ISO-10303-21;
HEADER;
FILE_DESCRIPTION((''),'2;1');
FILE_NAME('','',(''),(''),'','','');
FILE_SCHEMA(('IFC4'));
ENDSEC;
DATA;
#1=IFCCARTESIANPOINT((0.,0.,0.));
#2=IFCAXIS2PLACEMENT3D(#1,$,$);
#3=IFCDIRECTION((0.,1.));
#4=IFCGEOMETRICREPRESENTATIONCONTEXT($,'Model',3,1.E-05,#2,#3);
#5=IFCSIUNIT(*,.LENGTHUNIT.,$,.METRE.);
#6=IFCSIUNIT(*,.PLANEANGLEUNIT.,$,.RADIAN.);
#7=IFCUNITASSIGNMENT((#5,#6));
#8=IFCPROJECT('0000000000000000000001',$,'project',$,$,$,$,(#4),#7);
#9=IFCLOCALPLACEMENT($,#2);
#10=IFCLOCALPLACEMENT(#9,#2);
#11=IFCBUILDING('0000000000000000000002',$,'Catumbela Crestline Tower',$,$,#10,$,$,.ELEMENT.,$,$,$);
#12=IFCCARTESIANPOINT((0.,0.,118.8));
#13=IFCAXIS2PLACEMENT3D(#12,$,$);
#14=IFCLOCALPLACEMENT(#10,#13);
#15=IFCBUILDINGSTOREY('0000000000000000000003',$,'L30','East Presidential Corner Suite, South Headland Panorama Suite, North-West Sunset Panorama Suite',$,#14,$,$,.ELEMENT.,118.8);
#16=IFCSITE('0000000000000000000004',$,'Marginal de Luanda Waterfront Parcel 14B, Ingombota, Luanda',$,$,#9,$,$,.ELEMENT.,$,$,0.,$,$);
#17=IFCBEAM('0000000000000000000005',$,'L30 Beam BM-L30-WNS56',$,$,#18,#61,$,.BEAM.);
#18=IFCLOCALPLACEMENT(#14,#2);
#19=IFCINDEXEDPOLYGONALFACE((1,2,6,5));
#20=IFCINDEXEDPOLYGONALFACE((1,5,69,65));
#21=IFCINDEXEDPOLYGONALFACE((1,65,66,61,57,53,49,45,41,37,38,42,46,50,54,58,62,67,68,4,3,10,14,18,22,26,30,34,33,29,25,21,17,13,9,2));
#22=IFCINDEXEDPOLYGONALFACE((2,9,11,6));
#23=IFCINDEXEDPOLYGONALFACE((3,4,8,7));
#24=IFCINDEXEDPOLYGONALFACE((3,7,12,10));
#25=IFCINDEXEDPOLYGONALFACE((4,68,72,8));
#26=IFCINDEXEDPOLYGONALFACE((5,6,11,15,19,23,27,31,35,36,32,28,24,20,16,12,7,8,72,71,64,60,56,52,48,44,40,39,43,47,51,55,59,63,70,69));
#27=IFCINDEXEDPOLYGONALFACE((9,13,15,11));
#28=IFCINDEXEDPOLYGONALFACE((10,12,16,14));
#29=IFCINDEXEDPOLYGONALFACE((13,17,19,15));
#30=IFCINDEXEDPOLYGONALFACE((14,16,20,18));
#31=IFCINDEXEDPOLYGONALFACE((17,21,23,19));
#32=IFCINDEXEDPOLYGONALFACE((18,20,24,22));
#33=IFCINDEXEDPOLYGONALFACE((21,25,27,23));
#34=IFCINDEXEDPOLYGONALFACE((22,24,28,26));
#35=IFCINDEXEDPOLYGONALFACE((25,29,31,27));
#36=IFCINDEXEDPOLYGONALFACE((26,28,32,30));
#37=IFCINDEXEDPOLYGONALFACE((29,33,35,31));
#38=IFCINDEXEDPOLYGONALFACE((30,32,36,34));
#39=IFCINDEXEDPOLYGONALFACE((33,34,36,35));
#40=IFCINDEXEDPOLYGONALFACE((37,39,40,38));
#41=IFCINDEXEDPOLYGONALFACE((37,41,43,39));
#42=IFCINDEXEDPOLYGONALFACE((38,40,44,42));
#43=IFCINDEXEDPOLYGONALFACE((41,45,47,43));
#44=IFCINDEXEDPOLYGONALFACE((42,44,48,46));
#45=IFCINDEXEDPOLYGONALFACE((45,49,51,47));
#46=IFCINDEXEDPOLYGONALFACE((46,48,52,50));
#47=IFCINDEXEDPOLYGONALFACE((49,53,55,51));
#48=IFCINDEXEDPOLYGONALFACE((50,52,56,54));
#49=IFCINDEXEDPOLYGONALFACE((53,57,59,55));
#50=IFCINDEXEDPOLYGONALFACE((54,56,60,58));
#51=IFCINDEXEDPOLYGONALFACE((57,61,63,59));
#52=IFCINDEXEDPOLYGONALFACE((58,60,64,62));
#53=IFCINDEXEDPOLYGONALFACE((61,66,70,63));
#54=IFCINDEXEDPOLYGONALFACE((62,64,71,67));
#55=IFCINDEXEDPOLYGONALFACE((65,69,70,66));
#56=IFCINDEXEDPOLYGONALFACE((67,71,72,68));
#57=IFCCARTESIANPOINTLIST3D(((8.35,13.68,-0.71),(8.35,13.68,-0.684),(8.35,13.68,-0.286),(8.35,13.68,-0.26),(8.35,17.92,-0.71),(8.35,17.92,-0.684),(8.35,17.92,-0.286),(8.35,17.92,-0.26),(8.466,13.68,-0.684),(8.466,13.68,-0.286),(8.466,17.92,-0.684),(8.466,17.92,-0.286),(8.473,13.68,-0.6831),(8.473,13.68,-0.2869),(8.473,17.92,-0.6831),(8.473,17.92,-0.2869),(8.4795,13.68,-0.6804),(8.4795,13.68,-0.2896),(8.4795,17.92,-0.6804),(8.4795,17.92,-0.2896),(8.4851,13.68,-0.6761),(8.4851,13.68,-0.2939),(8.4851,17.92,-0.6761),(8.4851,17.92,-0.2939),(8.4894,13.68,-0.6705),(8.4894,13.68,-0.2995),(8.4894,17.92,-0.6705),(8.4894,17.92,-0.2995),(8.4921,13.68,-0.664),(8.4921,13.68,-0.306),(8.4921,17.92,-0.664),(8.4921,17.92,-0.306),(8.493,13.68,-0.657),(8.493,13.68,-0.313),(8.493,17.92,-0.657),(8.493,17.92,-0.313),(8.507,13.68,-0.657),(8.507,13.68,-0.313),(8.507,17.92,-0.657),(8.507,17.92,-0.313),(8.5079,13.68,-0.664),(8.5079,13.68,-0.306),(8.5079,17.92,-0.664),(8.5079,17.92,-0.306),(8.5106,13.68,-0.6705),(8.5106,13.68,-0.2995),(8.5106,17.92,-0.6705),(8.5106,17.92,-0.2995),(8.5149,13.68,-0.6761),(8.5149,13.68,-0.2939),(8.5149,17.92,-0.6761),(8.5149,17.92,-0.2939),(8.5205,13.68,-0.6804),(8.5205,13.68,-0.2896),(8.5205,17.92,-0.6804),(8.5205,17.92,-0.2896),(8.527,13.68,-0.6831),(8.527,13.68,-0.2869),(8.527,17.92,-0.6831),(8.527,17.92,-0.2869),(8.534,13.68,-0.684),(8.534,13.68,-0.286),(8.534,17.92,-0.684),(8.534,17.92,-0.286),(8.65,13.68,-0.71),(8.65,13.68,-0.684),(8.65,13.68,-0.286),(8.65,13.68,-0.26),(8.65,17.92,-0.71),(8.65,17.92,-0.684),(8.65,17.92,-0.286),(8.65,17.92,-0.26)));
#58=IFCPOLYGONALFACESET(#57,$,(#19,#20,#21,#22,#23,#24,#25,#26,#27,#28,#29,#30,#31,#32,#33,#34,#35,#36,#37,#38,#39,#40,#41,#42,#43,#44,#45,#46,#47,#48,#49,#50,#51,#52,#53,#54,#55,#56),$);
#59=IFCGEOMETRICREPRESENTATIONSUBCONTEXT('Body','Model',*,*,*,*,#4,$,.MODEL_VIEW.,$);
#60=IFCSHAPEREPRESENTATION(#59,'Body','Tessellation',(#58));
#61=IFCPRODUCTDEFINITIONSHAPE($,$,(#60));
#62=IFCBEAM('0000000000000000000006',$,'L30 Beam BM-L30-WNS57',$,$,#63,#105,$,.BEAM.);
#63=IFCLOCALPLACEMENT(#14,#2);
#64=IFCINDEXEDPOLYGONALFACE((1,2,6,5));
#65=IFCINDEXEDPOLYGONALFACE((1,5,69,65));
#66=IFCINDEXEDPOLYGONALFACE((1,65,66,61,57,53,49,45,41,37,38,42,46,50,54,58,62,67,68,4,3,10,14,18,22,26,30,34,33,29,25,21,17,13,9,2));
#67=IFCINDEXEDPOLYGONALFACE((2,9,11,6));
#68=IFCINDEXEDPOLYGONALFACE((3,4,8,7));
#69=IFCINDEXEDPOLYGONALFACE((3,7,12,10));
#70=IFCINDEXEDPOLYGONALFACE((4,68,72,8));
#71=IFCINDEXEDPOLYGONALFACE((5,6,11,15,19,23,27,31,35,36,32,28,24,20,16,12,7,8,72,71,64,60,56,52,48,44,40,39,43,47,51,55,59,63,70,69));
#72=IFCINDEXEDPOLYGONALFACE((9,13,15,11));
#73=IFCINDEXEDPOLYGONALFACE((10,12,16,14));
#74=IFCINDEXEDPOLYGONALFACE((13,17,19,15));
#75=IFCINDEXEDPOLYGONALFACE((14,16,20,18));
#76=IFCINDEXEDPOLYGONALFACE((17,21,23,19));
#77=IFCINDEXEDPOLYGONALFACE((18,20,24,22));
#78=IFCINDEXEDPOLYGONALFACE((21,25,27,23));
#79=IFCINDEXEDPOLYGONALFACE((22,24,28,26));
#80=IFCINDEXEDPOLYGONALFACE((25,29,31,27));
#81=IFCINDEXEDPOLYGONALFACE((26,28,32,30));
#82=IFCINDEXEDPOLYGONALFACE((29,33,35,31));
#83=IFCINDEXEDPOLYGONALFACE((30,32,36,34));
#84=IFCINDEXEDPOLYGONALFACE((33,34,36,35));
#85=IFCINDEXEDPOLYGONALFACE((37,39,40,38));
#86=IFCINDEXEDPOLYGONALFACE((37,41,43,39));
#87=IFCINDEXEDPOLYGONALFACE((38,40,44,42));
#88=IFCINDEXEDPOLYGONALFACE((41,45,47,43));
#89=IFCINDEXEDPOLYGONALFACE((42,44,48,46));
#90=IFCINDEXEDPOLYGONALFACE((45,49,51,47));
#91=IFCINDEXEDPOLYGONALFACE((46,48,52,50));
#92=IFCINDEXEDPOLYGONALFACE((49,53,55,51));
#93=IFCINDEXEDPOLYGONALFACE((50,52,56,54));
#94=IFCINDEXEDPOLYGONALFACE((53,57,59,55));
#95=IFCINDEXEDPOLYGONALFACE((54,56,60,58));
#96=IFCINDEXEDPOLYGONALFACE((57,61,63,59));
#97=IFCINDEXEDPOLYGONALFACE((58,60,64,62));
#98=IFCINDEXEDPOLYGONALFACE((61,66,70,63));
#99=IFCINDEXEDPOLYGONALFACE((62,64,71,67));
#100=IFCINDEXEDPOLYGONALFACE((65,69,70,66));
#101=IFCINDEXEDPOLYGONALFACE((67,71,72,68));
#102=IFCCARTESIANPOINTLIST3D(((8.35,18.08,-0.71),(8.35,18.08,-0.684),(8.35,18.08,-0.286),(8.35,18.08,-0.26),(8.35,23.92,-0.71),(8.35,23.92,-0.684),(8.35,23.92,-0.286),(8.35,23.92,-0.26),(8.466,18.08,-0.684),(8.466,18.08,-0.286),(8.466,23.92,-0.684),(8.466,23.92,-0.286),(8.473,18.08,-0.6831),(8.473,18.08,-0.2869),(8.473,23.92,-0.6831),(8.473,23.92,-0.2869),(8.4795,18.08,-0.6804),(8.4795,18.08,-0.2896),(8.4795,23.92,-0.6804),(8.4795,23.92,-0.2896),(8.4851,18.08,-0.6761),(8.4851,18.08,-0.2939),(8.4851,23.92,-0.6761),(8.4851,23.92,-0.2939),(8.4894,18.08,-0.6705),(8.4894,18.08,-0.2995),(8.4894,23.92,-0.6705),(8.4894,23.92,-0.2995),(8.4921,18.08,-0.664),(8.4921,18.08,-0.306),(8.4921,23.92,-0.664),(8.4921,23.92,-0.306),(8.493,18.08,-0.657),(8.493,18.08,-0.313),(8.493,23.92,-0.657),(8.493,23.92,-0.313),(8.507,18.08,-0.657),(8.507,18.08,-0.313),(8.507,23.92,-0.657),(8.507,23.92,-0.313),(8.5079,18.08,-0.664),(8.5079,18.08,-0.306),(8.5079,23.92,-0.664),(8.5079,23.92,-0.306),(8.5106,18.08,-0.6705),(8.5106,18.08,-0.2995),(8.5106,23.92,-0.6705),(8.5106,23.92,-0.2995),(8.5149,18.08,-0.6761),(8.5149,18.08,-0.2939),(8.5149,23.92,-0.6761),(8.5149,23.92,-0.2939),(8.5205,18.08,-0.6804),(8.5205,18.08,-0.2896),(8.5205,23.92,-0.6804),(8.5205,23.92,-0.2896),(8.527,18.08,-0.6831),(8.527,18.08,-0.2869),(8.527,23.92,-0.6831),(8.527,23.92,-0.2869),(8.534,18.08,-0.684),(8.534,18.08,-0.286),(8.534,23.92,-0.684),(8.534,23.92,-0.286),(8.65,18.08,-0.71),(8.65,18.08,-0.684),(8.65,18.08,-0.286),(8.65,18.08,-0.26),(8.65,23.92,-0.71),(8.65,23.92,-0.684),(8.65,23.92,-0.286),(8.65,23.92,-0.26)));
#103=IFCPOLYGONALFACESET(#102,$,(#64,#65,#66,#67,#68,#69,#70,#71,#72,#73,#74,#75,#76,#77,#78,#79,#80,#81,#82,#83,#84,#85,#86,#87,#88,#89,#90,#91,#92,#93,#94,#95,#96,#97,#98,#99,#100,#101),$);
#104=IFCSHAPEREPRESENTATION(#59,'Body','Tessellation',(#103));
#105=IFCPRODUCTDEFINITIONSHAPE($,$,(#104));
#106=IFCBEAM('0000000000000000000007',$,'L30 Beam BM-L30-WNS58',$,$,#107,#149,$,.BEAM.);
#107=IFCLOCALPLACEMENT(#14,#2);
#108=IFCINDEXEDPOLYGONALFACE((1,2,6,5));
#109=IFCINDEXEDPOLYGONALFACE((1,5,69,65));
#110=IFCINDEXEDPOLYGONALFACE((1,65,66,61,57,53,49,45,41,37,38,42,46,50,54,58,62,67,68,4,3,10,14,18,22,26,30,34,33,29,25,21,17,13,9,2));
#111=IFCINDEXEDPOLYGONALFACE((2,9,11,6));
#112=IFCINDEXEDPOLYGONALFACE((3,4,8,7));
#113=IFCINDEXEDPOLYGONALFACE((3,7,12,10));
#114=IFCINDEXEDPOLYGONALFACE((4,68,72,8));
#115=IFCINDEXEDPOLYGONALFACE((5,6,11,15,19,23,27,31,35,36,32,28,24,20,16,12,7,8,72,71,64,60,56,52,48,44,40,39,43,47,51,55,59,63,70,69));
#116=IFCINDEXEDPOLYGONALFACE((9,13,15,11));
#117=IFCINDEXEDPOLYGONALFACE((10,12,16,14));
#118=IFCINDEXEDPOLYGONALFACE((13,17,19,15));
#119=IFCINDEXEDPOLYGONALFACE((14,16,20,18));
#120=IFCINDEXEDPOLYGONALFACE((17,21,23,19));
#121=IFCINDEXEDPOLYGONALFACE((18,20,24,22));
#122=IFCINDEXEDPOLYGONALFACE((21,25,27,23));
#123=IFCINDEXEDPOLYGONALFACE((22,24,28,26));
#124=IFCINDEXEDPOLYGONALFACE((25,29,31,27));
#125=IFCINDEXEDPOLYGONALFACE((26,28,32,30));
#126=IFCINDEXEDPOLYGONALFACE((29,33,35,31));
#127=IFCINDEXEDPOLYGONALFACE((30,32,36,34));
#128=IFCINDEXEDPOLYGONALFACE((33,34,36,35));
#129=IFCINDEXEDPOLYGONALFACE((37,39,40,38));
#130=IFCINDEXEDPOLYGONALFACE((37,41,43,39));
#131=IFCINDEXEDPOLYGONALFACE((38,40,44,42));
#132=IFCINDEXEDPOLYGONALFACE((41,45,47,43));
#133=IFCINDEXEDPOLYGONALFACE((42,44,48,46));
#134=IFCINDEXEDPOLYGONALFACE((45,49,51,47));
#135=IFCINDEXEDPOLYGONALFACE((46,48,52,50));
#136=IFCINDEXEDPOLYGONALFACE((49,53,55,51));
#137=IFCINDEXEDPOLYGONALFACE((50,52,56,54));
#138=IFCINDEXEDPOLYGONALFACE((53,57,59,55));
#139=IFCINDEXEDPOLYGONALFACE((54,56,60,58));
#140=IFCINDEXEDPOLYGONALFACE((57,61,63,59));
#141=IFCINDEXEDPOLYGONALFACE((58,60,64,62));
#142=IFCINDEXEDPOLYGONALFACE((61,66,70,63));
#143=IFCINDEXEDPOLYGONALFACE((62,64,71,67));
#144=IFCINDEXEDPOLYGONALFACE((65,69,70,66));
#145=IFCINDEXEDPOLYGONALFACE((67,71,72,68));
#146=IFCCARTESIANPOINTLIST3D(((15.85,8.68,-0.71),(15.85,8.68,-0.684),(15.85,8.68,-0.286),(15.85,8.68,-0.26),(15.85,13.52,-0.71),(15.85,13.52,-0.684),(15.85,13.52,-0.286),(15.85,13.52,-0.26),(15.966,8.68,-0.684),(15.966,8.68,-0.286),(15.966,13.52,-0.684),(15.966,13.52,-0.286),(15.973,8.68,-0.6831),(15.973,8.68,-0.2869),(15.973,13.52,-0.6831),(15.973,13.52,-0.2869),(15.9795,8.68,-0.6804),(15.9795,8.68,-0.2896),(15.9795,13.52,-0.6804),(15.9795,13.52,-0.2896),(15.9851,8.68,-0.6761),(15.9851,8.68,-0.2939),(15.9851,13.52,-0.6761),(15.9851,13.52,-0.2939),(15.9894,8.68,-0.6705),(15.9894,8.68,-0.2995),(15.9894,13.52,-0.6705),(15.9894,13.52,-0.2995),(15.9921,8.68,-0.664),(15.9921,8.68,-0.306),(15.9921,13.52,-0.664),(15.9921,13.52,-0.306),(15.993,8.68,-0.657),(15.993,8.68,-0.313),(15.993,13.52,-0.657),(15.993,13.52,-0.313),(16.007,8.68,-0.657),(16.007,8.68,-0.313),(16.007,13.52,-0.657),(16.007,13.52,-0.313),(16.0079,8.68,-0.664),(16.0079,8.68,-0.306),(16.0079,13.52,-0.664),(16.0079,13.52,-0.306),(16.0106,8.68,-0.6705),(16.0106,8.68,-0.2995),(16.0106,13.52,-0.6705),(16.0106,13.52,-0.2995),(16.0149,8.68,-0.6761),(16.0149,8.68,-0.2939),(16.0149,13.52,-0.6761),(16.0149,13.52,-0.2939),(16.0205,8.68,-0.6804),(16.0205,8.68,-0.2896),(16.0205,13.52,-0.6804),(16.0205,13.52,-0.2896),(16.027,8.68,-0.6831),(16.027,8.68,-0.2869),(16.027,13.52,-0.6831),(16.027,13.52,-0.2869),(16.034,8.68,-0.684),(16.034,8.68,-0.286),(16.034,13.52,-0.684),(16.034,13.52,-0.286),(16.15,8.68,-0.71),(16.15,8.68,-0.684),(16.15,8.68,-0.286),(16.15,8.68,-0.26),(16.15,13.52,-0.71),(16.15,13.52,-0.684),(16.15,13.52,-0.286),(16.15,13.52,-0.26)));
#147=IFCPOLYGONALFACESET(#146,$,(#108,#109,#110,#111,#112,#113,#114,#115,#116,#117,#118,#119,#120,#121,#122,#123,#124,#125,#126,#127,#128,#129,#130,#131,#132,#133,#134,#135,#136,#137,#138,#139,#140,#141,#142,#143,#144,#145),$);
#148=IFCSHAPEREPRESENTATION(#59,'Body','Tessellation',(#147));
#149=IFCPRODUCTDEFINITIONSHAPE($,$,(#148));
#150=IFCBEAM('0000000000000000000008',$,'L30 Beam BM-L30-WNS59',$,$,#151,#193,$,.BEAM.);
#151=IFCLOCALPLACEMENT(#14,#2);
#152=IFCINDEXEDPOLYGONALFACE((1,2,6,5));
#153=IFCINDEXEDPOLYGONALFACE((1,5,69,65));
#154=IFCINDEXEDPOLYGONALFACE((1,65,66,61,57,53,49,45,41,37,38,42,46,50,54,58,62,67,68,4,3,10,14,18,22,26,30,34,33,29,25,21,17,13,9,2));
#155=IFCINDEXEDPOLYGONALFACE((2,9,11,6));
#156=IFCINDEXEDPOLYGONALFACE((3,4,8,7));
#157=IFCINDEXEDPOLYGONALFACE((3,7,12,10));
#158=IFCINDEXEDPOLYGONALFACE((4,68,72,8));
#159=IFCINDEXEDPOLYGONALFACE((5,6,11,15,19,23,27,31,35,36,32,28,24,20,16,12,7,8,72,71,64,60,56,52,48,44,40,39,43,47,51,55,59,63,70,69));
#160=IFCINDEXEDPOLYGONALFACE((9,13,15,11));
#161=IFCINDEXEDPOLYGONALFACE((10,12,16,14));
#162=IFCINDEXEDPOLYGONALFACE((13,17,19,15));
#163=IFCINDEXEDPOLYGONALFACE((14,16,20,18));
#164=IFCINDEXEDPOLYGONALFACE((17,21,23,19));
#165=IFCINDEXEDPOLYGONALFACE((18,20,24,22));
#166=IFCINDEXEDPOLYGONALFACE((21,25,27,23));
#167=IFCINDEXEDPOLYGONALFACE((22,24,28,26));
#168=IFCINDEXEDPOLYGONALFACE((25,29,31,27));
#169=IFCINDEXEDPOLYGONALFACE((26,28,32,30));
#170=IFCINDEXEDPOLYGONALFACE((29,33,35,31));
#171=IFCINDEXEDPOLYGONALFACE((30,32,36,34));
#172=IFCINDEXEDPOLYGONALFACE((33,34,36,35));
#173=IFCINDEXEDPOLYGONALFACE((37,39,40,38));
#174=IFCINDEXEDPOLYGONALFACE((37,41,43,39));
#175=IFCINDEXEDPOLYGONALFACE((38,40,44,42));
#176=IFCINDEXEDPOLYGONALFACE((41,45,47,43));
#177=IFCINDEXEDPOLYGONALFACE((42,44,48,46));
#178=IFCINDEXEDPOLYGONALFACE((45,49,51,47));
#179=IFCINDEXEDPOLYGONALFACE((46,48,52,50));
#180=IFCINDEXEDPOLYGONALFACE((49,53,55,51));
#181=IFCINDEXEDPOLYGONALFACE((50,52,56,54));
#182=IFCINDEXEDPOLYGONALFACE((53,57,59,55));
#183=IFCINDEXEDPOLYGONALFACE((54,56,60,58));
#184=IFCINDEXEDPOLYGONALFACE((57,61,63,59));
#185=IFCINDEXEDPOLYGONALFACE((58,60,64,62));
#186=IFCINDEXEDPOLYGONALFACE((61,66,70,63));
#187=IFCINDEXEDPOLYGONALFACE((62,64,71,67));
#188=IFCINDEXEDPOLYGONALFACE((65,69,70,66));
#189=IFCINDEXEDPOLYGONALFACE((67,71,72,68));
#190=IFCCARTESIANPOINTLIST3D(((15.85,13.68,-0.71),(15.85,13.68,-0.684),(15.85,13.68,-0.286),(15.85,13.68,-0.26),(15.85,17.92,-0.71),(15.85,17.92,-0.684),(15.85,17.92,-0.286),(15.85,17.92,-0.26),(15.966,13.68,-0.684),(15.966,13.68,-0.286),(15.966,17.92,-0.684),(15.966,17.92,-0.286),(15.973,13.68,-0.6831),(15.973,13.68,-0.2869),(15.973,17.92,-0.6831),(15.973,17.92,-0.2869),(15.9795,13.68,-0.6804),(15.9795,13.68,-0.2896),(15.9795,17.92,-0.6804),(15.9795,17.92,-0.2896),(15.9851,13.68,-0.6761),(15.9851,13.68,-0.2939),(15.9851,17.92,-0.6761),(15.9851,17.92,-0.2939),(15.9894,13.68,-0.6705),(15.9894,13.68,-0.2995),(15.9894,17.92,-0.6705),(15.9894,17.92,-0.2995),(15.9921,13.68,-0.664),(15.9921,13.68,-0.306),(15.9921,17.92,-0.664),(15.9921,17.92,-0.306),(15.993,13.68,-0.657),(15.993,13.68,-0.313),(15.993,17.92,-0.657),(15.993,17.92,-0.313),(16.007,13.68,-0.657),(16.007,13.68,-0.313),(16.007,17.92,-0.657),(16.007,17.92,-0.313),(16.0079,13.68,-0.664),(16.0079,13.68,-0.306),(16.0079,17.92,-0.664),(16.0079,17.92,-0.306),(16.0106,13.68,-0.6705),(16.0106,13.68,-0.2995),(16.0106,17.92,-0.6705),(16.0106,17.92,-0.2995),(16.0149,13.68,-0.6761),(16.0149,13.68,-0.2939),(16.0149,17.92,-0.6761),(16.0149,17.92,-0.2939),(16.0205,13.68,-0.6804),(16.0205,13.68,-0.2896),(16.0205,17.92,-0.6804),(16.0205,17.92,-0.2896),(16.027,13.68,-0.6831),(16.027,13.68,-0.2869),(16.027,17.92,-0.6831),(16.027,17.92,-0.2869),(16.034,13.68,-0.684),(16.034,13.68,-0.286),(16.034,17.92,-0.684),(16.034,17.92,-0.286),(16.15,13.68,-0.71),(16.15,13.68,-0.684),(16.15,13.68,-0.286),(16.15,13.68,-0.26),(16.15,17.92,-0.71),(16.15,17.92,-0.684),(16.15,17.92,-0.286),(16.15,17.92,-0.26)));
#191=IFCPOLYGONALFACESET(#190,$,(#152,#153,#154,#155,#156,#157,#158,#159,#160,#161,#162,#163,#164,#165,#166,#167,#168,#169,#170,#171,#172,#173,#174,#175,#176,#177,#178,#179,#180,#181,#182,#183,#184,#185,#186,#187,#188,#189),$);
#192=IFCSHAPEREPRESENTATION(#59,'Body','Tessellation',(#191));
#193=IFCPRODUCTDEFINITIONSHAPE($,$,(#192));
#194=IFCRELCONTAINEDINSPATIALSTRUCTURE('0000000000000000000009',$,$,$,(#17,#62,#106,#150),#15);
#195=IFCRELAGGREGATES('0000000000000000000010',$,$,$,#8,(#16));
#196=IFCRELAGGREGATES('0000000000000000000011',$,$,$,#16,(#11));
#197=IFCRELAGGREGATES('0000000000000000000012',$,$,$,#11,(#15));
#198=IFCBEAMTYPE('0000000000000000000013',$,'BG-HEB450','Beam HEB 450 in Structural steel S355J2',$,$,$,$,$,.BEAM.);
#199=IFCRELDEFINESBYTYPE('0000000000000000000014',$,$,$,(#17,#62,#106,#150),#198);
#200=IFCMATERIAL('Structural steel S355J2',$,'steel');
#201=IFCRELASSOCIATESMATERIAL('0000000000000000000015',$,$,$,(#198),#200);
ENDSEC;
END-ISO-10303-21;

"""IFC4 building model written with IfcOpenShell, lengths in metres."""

from ifc_helpers import new_model, si_unit, direction, frame, origin, origin_2d, place, context, subcontext, project, spatial, i_section, extrude, material, material_profile, profile_set, type_object, element, save


model = new_model("IFC4")

# Units and contexts
model_context = context("Model", 3, precision=1e-05, world=origin(), true_north=direction((0.0, 1.0)))
body_context = subcontext(model_context, "Body", "Model", "MODEL_VIEW")
ifc_project = project(units=[si_unit("LENGTHUNIT", "METRE"), si_unit("PLANEANGLEUNIT", "RADIAN")], contexts=[model_context])

# Site, building, storey
site_placement = place(None, origin())
site = spatial("IfcSite", under=ifc_project, at=site_placement, Name="Marginal de Luanda Waterfront Parcel 14B, Ingombota, Luanda", CompositionType="ELEMENT", RefElevation=0.0)
building_placement = place(site_placement, origin())
building = spatial("IfcBuilding", under=site, at=building_placement, Name="Catumbela Crestline Tower", CompositionType="ELEMENT")
storey_placement = place(building_placement, frame((0.0, 0.0, 118.8)))
storey = spatial("IfcBuildingStorey", under=building, at=storey_placement, Name="L30", Description="East Presidential Corner Suite, South Headland Panorama Suite, North-West Sunset Panorama Suite", CompositionType="ELEMENT", Elevation=118.8)

# Beams
ifc_material_1 = material(Name="Structural steel S355J2", Category="steel")
ifc_material_profile_1 = material_profile(ifc_material_1, i_section(OverallWidth=0.3, OverallDepth=0.45, WebThickness=0.014, FlangeThickness=0.026, FilletRadius=0.027, at=origin_2d()), Name="HEB 450")
ifc_profile_set_1 = profile_set([ifc_material_profile_1], Name="Structural steel S355J2")
beam_type_1 = type_object("IfcBeamType", Name="BG-HEB450", Description="Beam HEB 450 in Structural steel S355J2", PredefinedType="BEAM", material=ifc_profile_set_1)
beam_1_placement = place(storey_placement, frame((8.5, 13.68, -0.485), z_axis=(0.0, 1.0, 0.0), x_axis=(-1.0, 0.0, 0.0)))
element("IfcBeam", 1, at=beam_1_placement, inside=storey, type_object=beam_type_1, Name="L30 Beam BM-L30-WNS56", PredefinedType="BEAM", context=body_context, shape_type="SweptSolid", body=[
    extrude(i_section(OverallWidth=0.3, OverallDepth=0.45, WebThickness=0.014, FlangeThickness=0.026, FilletRadius=0.027, at=origin_2d()), origin(), (0.0, 0.0, 1.0), 4.24),
])
beam_2_placement = place(storey_placement, frame((8.5, 18.08, -0.485), z_axis=(0.0, 1.0, 0.0), x_axis=(-1.0, 0.0, 0.0)))
element("IfcBeam", 2, at=beam_2_placement, inside=storey, type_object=beam_type_1, Name="L30 Beam BM-L30-WNS57", PredefinedType="BEAM", context=body_context, shape_type="SweptSolid", body=[
    extrude(i_section(OverallWidth=0.3, OverallDepth=0.45, WebThickness=0.014, FlangeThickness=0.026, FilletRadius=0.027, at=origin_2d()), origin(), (0.0, 0.0, 1.0), 5.84),
])
beam_3_placement = place(storey_placement, frame((16.0, 8.68, -0.485), z_axis=(0.0, 1.0, 0.0), x_axis=(-1.0, 0.0, 0.0)))
element("IfcBeam", 3, at=beam_3_placement, inside=storey, type_object=beam_type_1, Name="L30 Beam BM-L30-WNS58", PredefinedType="BEAM", context=body_context, shape_type="SweptSolid", body=[
    extrude(i_section(OverallWidth=0.3, OverallDepth=0.45, WebThickness=0.014, FlangeThickness=0.026, FilletRadius=0.027, at=origin_2d()), origin(), (0.0, 0.0, 1.0), 4.84),
])
beam_4_placement = place(storey_placement, frame((16.0, 13.68, -0.485), z_axis=(0.0, 1.0, 0.0), x_axis=(-1.0, 0.0, 0.0)))
element("IfcBeam", 4, at=beam_4_placement, inside=storey, type_object=beam_type_1, Name="L30 Beam BM-L30-WNS59", PredefinedType="BEAM", context=body_context, shape_type="SweptSolid", body=[
    extrude(i_section(OverallWidth=0.3, OverallDepth=0.45, WebThickness=0.014, FlangeThickness=0.026, FilletRadius=0.027, at=origin_2d()), origin(), (0.0, 0.0, 1.0), 4.24),
])

save(model, "model.ifc")
